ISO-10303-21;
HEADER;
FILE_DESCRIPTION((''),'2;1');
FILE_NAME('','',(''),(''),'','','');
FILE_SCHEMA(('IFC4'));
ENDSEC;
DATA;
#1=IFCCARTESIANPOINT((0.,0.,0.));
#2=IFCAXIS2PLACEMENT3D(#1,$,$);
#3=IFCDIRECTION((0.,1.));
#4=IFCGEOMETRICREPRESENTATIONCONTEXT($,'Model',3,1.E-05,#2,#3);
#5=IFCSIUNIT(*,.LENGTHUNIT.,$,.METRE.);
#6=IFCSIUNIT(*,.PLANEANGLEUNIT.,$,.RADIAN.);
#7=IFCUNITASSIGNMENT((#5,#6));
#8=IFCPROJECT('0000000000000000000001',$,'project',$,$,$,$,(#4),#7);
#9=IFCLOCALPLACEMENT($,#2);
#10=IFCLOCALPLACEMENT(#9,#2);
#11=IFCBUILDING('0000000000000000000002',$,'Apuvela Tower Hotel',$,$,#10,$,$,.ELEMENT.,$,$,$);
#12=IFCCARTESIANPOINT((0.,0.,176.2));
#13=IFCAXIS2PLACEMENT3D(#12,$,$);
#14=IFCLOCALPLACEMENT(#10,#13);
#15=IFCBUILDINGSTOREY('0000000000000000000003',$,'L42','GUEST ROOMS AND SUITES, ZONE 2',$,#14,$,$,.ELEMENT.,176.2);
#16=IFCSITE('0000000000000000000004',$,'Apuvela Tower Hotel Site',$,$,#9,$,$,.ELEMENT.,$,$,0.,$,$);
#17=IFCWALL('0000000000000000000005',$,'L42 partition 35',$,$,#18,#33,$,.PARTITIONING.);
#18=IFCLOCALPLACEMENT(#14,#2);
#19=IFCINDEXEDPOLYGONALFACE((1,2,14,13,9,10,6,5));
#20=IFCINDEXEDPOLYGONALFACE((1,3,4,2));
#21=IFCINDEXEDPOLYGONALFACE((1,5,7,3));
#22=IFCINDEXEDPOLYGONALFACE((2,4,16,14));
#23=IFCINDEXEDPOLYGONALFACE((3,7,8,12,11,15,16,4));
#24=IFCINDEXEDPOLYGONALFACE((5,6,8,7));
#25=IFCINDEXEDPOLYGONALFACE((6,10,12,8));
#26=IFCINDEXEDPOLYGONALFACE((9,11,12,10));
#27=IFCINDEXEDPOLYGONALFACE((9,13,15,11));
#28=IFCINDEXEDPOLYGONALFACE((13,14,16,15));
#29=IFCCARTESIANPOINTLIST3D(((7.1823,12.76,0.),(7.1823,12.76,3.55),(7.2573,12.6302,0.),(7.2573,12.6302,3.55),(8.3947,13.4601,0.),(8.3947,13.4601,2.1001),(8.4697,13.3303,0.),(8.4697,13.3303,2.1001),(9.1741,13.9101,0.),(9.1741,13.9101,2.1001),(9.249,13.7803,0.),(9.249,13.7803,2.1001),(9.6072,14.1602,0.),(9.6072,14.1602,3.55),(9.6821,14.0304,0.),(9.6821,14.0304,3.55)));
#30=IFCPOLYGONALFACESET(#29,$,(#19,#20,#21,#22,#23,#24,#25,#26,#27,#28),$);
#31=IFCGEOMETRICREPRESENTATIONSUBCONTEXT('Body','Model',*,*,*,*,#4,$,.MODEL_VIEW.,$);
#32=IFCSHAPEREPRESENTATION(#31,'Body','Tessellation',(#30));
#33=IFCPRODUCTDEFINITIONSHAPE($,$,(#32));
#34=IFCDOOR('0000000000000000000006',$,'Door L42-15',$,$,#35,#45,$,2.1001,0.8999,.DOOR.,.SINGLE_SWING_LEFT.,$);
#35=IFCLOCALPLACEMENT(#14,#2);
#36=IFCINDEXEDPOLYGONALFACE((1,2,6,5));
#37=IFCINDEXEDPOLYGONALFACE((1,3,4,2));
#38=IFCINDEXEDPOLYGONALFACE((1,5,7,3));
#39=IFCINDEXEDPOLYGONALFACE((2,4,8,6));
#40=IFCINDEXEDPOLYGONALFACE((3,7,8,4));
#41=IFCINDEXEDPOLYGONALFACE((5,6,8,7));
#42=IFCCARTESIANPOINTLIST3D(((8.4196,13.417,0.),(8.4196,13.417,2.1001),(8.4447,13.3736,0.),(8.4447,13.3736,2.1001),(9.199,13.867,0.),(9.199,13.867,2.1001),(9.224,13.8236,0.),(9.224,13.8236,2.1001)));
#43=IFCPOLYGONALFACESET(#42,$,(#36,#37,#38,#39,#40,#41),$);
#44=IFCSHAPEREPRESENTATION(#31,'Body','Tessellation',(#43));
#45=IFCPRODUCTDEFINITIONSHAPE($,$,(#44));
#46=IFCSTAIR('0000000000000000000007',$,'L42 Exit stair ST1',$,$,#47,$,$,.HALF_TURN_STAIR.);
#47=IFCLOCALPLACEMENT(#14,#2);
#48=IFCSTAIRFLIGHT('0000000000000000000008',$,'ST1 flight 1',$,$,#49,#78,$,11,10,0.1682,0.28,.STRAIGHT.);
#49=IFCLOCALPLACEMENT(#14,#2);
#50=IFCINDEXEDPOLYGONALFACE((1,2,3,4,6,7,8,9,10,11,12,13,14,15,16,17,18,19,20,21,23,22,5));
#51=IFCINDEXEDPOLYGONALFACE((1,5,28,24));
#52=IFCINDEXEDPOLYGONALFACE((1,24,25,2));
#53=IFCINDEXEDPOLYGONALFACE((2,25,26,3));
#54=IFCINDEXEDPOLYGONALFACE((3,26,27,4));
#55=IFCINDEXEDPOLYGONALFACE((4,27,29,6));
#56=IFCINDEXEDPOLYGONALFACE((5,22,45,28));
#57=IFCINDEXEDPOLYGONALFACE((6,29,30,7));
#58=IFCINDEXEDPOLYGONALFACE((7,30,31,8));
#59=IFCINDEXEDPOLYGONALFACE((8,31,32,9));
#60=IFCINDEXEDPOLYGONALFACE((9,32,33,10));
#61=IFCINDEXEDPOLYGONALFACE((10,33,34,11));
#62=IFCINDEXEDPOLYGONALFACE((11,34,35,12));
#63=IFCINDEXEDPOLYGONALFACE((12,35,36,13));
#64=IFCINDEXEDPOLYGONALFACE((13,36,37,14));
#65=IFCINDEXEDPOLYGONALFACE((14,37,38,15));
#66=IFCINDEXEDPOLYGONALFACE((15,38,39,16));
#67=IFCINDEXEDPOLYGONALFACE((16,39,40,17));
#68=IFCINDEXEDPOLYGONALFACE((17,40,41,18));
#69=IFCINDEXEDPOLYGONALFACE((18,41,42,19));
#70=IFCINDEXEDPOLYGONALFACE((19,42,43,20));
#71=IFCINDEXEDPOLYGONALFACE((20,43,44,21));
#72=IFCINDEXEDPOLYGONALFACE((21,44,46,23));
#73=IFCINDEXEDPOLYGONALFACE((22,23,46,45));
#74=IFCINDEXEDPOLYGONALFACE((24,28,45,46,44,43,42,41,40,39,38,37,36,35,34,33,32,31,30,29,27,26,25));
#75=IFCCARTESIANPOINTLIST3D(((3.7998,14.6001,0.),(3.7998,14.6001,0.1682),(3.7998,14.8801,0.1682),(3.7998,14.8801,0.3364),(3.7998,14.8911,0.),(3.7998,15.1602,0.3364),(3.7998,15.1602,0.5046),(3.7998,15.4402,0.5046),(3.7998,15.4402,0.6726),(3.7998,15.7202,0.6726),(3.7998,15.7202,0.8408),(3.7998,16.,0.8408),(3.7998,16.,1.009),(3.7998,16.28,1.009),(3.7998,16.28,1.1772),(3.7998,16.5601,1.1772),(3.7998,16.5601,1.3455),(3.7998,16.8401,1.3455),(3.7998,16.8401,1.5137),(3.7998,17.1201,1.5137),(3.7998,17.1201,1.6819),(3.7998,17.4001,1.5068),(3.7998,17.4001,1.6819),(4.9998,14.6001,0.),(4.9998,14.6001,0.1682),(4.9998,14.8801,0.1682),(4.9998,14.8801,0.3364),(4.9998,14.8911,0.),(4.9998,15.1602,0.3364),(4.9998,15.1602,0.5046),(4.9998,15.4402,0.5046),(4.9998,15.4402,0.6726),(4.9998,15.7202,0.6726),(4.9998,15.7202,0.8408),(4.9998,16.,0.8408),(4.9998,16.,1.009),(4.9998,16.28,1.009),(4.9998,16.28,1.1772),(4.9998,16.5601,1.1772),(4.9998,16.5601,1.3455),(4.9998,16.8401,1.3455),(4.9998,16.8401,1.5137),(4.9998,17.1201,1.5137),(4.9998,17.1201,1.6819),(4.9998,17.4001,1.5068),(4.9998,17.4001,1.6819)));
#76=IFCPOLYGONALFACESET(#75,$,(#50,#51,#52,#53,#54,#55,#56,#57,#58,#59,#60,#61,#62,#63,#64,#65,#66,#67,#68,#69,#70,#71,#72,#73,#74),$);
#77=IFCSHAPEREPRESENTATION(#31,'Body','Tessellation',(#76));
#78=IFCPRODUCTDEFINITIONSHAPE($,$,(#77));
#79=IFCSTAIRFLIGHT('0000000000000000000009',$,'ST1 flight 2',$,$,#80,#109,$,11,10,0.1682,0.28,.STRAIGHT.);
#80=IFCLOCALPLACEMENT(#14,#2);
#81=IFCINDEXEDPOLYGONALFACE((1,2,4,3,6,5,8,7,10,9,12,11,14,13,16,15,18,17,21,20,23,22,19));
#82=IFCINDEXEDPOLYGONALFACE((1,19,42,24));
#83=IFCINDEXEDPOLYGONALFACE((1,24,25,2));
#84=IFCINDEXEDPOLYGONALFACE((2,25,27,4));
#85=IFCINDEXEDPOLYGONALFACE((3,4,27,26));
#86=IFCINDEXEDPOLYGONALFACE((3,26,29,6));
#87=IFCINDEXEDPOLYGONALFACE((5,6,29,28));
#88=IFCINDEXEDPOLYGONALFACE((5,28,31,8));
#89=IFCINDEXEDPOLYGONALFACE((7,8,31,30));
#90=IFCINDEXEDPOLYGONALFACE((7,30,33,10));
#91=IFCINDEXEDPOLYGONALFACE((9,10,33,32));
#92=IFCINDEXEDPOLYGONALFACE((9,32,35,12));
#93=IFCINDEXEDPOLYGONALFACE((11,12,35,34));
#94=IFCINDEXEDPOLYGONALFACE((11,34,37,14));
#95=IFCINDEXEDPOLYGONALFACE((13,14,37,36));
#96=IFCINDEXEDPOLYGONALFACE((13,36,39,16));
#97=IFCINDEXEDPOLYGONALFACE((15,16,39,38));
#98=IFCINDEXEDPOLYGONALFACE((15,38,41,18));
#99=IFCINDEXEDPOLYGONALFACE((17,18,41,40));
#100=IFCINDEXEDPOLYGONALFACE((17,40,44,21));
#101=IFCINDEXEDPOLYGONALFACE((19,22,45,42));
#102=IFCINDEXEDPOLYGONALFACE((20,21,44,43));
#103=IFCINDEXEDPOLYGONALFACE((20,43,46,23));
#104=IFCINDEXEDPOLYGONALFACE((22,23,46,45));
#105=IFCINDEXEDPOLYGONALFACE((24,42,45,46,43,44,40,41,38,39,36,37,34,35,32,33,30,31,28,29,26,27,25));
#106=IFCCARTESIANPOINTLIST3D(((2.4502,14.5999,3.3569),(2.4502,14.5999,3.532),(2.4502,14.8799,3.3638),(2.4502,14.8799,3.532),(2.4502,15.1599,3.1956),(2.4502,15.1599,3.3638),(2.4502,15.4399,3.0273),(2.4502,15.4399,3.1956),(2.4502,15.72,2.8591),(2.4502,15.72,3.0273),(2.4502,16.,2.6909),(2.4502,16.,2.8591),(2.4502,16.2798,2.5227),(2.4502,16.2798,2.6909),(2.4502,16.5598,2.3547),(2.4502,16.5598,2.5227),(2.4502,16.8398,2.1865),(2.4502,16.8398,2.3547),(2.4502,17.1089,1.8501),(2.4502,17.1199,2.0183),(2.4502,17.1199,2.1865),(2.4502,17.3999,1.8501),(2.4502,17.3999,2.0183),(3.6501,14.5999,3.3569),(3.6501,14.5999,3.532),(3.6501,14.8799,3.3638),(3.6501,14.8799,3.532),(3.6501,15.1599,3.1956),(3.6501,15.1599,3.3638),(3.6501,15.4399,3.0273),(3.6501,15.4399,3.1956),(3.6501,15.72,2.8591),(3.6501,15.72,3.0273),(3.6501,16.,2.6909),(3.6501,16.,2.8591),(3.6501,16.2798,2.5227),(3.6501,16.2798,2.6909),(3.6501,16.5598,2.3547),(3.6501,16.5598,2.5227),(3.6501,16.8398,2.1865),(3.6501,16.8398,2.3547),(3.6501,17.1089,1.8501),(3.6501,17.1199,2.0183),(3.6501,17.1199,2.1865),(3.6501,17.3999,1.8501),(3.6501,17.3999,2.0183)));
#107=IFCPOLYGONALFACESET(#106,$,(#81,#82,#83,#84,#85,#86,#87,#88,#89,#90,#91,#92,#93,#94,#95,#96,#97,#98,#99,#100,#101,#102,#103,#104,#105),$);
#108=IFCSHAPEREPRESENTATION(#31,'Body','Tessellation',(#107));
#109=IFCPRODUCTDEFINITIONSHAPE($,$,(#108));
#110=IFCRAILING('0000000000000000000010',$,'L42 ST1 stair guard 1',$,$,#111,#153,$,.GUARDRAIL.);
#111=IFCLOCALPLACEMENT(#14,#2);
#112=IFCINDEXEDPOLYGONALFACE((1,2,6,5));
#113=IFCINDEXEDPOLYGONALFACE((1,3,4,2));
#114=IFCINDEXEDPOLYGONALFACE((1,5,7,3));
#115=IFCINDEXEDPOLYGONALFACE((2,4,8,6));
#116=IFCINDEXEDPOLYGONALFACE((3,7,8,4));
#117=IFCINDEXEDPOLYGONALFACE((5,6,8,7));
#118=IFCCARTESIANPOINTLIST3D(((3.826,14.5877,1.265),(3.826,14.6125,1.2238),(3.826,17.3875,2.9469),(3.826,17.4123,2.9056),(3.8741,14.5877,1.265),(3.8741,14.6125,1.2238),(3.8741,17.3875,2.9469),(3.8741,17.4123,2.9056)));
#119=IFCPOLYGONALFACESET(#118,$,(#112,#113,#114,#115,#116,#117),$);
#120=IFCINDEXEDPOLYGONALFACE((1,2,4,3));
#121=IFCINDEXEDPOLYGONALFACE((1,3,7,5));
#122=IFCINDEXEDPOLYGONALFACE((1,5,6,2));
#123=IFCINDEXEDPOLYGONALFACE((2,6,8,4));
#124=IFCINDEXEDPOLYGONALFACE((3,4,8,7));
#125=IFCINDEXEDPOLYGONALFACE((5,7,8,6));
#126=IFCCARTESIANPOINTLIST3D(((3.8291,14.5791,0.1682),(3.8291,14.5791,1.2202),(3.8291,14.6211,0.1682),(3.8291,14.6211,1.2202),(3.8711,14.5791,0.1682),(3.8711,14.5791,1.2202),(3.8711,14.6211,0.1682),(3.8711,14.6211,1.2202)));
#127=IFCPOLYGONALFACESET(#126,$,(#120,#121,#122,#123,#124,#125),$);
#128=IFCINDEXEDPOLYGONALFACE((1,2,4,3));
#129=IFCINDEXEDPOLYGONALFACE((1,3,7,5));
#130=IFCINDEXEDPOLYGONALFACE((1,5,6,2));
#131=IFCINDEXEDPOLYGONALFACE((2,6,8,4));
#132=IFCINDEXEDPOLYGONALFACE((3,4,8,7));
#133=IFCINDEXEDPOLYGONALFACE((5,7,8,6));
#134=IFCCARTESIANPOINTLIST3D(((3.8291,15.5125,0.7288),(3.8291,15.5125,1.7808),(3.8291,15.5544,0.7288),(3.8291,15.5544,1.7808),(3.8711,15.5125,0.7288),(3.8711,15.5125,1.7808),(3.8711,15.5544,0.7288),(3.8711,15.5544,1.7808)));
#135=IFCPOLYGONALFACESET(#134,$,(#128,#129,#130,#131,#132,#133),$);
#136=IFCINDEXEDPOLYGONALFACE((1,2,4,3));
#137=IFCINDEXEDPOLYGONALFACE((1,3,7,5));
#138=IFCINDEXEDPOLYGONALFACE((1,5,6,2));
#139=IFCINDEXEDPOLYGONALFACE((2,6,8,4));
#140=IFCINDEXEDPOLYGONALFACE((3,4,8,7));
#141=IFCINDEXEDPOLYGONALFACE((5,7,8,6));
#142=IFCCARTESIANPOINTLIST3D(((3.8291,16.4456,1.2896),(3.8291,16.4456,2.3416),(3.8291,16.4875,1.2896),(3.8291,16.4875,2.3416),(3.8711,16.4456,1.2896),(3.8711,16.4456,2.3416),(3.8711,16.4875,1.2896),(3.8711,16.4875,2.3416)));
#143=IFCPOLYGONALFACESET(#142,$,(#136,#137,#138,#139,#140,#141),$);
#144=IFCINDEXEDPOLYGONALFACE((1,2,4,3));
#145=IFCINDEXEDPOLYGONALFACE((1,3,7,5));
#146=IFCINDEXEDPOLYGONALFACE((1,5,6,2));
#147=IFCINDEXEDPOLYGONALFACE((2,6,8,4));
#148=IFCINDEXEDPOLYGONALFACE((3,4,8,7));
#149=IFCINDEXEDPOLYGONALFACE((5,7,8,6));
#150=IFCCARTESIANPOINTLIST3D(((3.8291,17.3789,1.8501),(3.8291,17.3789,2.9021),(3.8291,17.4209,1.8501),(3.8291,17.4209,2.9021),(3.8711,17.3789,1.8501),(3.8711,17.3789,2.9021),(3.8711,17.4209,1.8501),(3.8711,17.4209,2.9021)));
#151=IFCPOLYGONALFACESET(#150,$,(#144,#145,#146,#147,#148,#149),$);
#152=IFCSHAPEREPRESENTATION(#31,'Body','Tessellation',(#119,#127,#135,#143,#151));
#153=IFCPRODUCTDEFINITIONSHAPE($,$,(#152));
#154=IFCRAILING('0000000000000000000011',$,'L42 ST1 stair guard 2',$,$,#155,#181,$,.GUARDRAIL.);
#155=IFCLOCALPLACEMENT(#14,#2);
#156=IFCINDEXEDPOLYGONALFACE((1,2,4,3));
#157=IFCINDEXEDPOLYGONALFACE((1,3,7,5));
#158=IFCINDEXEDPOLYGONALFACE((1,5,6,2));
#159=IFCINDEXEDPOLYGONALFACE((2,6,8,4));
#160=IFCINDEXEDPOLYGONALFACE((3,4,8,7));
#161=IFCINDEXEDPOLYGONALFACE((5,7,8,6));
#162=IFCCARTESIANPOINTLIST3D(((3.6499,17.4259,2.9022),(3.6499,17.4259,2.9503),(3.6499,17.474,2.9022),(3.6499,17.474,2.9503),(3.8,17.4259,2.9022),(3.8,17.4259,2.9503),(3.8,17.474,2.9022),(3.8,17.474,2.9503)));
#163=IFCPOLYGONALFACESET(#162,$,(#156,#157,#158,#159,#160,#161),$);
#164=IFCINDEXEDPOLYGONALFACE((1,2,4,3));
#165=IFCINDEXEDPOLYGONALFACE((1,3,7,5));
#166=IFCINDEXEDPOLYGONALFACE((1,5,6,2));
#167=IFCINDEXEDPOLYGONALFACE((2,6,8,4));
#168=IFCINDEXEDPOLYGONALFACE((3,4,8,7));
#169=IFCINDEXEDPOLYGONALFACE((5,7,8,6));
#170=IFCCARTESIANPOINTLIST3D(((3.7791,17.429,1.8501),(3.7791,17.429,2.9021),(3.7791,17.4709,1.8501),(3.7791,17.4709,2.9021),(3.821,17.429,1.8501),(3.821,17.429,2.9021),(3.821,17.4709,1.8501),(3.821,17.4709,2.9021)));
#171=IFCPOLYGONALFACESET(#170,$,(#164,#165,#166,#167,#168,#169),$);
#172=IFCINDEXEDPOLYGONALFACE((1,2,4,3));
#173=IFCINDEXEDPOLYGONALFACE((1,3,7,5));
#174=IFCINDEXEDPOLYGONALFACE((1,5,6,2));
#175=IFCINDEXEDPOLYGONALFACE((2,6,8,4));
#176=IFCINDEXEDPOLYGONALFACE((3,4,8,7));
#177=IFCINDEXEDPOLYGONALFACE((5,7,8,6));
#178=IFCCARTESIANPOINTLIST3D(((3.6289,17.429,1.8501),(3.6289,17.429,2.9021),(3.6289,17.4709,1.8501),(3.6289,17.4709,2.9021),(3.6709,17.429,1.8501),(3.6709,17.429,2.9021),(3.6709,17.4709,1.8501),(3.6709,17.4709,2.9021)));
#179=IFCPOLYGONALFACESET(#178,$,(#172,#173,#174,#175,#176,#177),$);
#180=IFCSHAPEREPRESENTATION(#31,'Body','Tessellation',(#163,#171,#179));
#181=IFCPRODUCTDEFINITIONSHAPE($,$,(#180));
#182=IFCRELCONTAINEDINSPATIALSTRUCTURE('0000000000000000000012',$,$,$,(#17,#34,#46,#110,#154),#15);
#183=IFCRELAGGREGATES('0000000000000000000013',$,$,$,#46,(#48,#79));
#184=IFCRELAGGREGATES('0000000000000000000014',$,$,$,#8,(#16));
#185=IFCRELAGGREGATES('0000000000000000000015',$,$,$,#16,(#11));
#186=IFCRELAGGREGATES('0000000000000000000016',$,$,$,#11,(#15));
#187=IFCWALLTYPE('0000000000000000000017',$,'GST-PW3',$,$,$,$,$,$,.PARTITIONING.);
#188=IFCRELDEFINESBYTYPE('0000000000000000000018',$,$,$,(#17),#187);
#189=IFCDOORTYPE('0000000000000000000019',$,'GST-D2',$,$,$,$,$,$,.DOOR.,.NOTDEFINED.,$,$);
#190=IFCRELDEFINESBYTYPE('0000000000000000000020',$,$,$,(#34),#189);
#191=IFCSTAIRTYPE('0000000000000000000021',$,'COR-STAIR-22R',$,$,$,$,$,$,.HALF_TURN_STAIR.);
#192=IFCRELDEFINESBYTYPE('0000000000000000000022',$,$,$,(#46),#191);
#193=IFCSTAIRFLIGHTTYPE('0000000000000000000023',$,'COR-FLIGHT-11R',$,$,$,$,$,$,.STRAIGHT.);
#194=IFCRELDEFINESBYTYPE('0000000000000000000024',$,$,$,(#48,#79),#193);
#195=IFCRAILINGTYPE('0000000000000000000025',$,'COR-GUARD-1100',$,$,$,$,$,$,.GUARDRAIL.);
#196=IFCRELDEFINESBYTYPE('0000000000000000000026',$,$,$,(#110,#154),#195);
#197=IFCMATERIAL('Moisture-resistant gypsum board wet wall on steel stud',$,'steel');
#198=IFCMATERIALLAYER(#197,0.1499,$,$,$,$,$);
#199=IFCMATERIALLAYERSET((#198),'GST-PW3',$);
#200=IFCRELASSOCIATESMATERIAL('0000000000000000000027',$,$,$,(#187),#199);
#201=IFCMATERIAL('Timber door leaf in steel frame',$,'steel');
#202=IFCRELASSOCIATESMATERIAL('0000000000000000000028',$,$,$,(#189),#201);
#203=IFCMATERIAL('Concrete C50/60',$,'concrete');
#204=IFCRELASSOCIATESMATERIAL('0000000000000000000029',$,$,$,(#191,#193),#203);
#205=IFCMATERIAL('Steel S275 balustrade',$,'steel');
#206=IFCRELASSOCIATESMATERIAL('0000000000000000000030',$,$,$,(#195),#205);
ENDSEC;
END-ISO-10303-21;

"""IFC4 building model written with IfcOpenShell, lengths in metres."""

from ifc_helpers import new_model, si_unit, direction, frame, frame_2d, origin, origin_2d, place, context, subcontext, project, spatial, polyline, rectangle, outline, extrude, material, layer, layer_set, type_object, element, fill, aggregate, save


model = new_model("IFC4")

# Units and contexts
model_context = context("Model", 3, precision=1e-05, world=origin(), true_north=direction((0.0, 1.0)))
body_context = subcontext(model_context, "Body", "Model", "MODEL_VIEW")
ifc_project = project(units=[si_unit("LENGTHUNIT", "METRE"), si_unit("PLANEANGLEUNIT", "RADIAN")], contexts=[model_context])

# Site, building, storey
site_placement = place(None, origin())
site = spatial("IfcSite", under=ifc_project, at=site_placement, Name="Apuvela Tower Hotel Site", CompositionType="ELEMENT", RefElevation=0.0)
building_placement = place(site_placement, origin())
building = spatial("IfcBuilding", under=site, at=building_placement, Name="Apuvela Tower Hotel", CompositionType="ELEMENT")
storey_placement = place(building_placement, frame((0.0, 0.0, 176.2)))
storey = spatial("IfcBuildingStorey", under=building, at=storey_placement, Name="L42", Description="GUEST ROOMS AND SUITES, ZONE 2", CompositionType="ELEMENT", Elevation=176.2)

# Shared definitions
ifc_material_1 = material(Name="Concrete C50/60", Category="concrete")

# Wall, opening, door
ifc_material_2 = material(Name="Moisture-resistant gypsum board wet wall on steel stud", Category="steel")
ifc_layer_1 = layer(ifc_material_2, 0.1499)
ifc_layer_set_1 = layer_set([ifc_layer_1], Name="GST-PW3")
wall_type_1 = type_object("IfcWallType", Name="GST-PW3", PredefinedType="PARTITIONING", material=ifc_layer_set_1)
wall_1_placement = place(storey_placement, frame((9.6445, 14.0952, 0.0), z_axis=(0.0, 0.0, 1.0), x_axis=(-0.865997, -0.50005, 0.0)))
wall_1 = element("IfcWall", 1, at=wall_1_placement, inside=storey, type_object=wall_type_1, Name="L42 partition 35", PredefinedType="PARTITIONING", context=body_context, shape_type="SweptSolid", body=[
    extrude(rectangle(XDim=2.8, YDim=0.1499, at=frame_2d((1.3999, 0.0))), origin(), (0.0, 0.0, 1.0), 3.55),
])
opening_1_placement = place(wall_1_placement, frame((0.5, 0.0, 0.0)))
opening_1 = element("IfcOpeningElement", 2, at=opening_1_placement, cuts=wall_1, PredefinedType="OPENING", context=body_context, shape_type="SweptSolid", body=[
    extrude(rectangle(XDim=0.8999, YDim=2.1001, at=frame_2d((0.45, 1.05))), frame((0.0, 0.085, 0.0), z_axis=(0.0, -1.0, 0.0), x_axis=(1.0, 0.0, 0.0)), (0.0, 0.0, 1.0), 0.1699),
])
ifc_material_3 = material(Name="Timber door leaf in steel frame", Category="steel")
door_type_1 = type_object("IfcDoorType", Name="GST-D2", OperationType="NOTDEFINED", PredefinedType="DOOR", material=ifc_material_3)
door_1_placement = place(opening_1_placement, origin())
door_1 = element("IfcDoor", 3, at=door_1_placement, inside=storey, type_object=door_type_1, Name="Door L42-15", OperationType="SINGLE_SWING_LEFT", OverallHeight=2.1001, OverallWidth=0.8999, PredefinedType="DOOR", context=body_context, shape_type="SweptSolid", body=[
    extrude(rectangle(XDim=0.8999, YDim=2.1001, at=frame_2d((0.45, 1.05))), frame((0.0, 0.0249, 0.0), z_axis=(0.0, -1.0, 0.0), x_axis=(1.0, 0.0, 0.0)), (0.0, 0.0, 1.0), 0.05),
])
fill(opening_1, door_1)

# Stair, stair flights
stair_type = type_object("IfcStairType", Name="COR-STAIR-22R", PredefinedType="HALF_TURN_STAIR", material=ifc_material_1)
stair_placement = place(storey_placement, origin())
stair = element("IfcStair", 4, at=stair_placement, inside=storey, type_object=stair_type, Name="L42 Exit stair ST1", PredefinedType="HALF_TURN_STAIR")
stair_flight_type = type_object("IfcStairFlightType", Name="COR-FLIGHT-11R", PredefinedType="STRAIGHT", material=ifc_material_1)
stair_flight_1_placement = place(storey_placement, frame((4.3999, 14.6001, 0.0), z_axis=(0.0, 0.0, 1.0), x_axis=(0.0, 1.0, 0.0)))
stair_flight_1 = element("IfcStairFlight", 5, at=stair_flight_1_placement, type_object=stair_flight_type, Name="ST1 flight 1", NumberOfRisers=11, NumberOfTreads=10, PredefinedType="STRAIGHT", RiserHeight=0.1682, TreadLength=0.28, context=body_context, shape_type="SweptSolid", body=[
    extrude(outline(polyline([(0.0, 0.0), (0.0, 0.1682), (0.28, 0.1682), (0.28, 0.3364), (0.5601, 0.3364), (0.5601, 0.5046), (0.8401, 0.5046), (0.8401, 0.6726), (1.1201, 0.6726), (1.1201, 0.8408), (1.3999, 0.8408), (1.3999, 1.009), (1.6799, 1.009), (1.6799, 1.1772), (1.96, 1.1772), (1.96, 1.3455), (2.24, 1.3455), (2.24, 1.5137), (2.52, 1.5137), (2.52, 1.6819), (2.8, 1.6819), (2.8, 1.8501), (2.8, 1.5068), (0.291, 0.0), (0.0, 0.0)])), frame((0.0, 0.6001, 0.0), z_axis=(0.0, -1.0, 0.0), x_axis=(1.0, 0.0, 0.0)), (0.0, 0.0, 1.0), 1.2),
])
stair_flight_2_placement = place(storey_placement, frame((3.05, 17.3999, 1.8501), z_axis=(0.0, 0.0, 1.0), x_axis=(0.0, -1.0, 0.0)))
stair_flight_2 = element("IfcStairFlight", 6, at=stair_flight_2_placement, type_object=stair_flight_type, Name="ST1 flight 2", NumberOfRisers=11, NumberOfTreads=10, PredefinedType="STRAIGHT", RiserHeight=0.1682, TreadLength=0.28, context=body_context, shape_type="SweptSolid", body=[
    extrude(outline(polyline([(0.0, 0.0), (0.0, 0.1682), (0.28, 0.1682), (0.28, 0.3364), (0.5601, 0.3364), (0.5601, 0.5046), (0.8401, 0.5046), (0.8401, 0.6726), (1.1201, 0.6726), (1.1201, 0.8408), (1.3999, 0.8408), (1.3999, 1.009), (1.6799, 1.009), (1.6799, 1.1772), (1.96, 1.1772), (1.96, 1.3455), (2.24, 1.3455), (2.24, 1.5137), (2.52, 1.5137), (2.52, 1.6819), (2.8, 1.6819), (2.8, 1.8501), (2.8, 1.5068), (0.291, 0.0), (0.0, 0.0)])), frame((0.0, 0.6001, 0.0), z_axis=(0.0, -1.0, 0.0), x_axis=(1.0, 0.0, 0.0)), (0.0, 0.0, 1.0), 1.2),
])
aggregate(stair, [stair_flight_1, stair_flight_2])

# Railings
ifc_material_4 = material(Name="Steel S275 balustrade", Category="steel")
railing_type_1 = type_object("IfcRailingType", Name="COR-GUARD-1100", PredefinedType="GUARDRAIL", material=ifc_material_4)
railing_1_placement = place(storey_placement, frame((3.8501, 14.6001, 0.1682)))
element("IfcRailing", 7, at=railing_1_placement, inside=storey, type_object=railing_type_1, Name="L42 ST1 stair guard 1", PredefinedType="GUARDRAIL", context=body_context, shape_type="SweptSolid", body=[
    extrude(rectangle(XDim=0.0481, YDim=0.0481, at=origin_2d()), frame((0.0, 0.0, 1.0762), z_axis=(0.0, 0.857222, 0.514946), x_axis=(-1.0, 0.0, 0.0)), (0.0, 0.0, 1.0), 3.2661),
    extrude(rectangle(XDim=0.042, YDim=0.042, at=origin_2d()), origin(), (0.0, 0.0, 1.0), 1.052),
    extrude(rectangle(XDim=0.042, YDim=0.042, at=origin_2d()), frame((0.0, 0.9333, 0.5605)), (0.0, 0.0, 1.0), 1.052),
    extrude(rectangle(XDim=0.042, YDim=0.042, at=origin_2d()), frame((0.0, 1.8665, 1.1213)), (0.0, 0.0, 1.0), 1.052),
    extrude(rectangle(XDim=0.042, YDim=0.042, at=origin_2d()), frame((0.0, 2.7998, 1.6819)), (0.0, 0.0, 1.0), 1.052),
])
railing_2_placement = place(storey_placement, frame((3.8, 17.45, 1.8501)))
element("IfcRailing", 8, at=railing_2_placement, inside=storey, type_object=railing_type_1, Name="L42 ST1 stair guard 2", PredefinedType="GUARDRAIL", context=body_context, shape_type="SweptSolid", body=[
    extrude(rectangle(XDim=0.0481, YDim=0.0481, at=origin_2d()), frame((0.0, 0.0, 1.0762), z_axis=(-1.0, 0.0, 0.0), x_axis=(0.0, -1.0, 0.0)), (0.0, 0.0, 1.0), 0.1501),
    extrude(rectangle(XDim=0.042, YDim=0.042, at=origin_2d()), origin(), (0.0, 0.0, 1.0), 1.052),
    extrude(rectangle(XDim=0.042, YDim=0.042, at=origin_2d()), frame((-0.1501, 0.0, 0.0)), (0.0, 0.0, 1.0), 1.052),
])

save(model, "model.ifc")
